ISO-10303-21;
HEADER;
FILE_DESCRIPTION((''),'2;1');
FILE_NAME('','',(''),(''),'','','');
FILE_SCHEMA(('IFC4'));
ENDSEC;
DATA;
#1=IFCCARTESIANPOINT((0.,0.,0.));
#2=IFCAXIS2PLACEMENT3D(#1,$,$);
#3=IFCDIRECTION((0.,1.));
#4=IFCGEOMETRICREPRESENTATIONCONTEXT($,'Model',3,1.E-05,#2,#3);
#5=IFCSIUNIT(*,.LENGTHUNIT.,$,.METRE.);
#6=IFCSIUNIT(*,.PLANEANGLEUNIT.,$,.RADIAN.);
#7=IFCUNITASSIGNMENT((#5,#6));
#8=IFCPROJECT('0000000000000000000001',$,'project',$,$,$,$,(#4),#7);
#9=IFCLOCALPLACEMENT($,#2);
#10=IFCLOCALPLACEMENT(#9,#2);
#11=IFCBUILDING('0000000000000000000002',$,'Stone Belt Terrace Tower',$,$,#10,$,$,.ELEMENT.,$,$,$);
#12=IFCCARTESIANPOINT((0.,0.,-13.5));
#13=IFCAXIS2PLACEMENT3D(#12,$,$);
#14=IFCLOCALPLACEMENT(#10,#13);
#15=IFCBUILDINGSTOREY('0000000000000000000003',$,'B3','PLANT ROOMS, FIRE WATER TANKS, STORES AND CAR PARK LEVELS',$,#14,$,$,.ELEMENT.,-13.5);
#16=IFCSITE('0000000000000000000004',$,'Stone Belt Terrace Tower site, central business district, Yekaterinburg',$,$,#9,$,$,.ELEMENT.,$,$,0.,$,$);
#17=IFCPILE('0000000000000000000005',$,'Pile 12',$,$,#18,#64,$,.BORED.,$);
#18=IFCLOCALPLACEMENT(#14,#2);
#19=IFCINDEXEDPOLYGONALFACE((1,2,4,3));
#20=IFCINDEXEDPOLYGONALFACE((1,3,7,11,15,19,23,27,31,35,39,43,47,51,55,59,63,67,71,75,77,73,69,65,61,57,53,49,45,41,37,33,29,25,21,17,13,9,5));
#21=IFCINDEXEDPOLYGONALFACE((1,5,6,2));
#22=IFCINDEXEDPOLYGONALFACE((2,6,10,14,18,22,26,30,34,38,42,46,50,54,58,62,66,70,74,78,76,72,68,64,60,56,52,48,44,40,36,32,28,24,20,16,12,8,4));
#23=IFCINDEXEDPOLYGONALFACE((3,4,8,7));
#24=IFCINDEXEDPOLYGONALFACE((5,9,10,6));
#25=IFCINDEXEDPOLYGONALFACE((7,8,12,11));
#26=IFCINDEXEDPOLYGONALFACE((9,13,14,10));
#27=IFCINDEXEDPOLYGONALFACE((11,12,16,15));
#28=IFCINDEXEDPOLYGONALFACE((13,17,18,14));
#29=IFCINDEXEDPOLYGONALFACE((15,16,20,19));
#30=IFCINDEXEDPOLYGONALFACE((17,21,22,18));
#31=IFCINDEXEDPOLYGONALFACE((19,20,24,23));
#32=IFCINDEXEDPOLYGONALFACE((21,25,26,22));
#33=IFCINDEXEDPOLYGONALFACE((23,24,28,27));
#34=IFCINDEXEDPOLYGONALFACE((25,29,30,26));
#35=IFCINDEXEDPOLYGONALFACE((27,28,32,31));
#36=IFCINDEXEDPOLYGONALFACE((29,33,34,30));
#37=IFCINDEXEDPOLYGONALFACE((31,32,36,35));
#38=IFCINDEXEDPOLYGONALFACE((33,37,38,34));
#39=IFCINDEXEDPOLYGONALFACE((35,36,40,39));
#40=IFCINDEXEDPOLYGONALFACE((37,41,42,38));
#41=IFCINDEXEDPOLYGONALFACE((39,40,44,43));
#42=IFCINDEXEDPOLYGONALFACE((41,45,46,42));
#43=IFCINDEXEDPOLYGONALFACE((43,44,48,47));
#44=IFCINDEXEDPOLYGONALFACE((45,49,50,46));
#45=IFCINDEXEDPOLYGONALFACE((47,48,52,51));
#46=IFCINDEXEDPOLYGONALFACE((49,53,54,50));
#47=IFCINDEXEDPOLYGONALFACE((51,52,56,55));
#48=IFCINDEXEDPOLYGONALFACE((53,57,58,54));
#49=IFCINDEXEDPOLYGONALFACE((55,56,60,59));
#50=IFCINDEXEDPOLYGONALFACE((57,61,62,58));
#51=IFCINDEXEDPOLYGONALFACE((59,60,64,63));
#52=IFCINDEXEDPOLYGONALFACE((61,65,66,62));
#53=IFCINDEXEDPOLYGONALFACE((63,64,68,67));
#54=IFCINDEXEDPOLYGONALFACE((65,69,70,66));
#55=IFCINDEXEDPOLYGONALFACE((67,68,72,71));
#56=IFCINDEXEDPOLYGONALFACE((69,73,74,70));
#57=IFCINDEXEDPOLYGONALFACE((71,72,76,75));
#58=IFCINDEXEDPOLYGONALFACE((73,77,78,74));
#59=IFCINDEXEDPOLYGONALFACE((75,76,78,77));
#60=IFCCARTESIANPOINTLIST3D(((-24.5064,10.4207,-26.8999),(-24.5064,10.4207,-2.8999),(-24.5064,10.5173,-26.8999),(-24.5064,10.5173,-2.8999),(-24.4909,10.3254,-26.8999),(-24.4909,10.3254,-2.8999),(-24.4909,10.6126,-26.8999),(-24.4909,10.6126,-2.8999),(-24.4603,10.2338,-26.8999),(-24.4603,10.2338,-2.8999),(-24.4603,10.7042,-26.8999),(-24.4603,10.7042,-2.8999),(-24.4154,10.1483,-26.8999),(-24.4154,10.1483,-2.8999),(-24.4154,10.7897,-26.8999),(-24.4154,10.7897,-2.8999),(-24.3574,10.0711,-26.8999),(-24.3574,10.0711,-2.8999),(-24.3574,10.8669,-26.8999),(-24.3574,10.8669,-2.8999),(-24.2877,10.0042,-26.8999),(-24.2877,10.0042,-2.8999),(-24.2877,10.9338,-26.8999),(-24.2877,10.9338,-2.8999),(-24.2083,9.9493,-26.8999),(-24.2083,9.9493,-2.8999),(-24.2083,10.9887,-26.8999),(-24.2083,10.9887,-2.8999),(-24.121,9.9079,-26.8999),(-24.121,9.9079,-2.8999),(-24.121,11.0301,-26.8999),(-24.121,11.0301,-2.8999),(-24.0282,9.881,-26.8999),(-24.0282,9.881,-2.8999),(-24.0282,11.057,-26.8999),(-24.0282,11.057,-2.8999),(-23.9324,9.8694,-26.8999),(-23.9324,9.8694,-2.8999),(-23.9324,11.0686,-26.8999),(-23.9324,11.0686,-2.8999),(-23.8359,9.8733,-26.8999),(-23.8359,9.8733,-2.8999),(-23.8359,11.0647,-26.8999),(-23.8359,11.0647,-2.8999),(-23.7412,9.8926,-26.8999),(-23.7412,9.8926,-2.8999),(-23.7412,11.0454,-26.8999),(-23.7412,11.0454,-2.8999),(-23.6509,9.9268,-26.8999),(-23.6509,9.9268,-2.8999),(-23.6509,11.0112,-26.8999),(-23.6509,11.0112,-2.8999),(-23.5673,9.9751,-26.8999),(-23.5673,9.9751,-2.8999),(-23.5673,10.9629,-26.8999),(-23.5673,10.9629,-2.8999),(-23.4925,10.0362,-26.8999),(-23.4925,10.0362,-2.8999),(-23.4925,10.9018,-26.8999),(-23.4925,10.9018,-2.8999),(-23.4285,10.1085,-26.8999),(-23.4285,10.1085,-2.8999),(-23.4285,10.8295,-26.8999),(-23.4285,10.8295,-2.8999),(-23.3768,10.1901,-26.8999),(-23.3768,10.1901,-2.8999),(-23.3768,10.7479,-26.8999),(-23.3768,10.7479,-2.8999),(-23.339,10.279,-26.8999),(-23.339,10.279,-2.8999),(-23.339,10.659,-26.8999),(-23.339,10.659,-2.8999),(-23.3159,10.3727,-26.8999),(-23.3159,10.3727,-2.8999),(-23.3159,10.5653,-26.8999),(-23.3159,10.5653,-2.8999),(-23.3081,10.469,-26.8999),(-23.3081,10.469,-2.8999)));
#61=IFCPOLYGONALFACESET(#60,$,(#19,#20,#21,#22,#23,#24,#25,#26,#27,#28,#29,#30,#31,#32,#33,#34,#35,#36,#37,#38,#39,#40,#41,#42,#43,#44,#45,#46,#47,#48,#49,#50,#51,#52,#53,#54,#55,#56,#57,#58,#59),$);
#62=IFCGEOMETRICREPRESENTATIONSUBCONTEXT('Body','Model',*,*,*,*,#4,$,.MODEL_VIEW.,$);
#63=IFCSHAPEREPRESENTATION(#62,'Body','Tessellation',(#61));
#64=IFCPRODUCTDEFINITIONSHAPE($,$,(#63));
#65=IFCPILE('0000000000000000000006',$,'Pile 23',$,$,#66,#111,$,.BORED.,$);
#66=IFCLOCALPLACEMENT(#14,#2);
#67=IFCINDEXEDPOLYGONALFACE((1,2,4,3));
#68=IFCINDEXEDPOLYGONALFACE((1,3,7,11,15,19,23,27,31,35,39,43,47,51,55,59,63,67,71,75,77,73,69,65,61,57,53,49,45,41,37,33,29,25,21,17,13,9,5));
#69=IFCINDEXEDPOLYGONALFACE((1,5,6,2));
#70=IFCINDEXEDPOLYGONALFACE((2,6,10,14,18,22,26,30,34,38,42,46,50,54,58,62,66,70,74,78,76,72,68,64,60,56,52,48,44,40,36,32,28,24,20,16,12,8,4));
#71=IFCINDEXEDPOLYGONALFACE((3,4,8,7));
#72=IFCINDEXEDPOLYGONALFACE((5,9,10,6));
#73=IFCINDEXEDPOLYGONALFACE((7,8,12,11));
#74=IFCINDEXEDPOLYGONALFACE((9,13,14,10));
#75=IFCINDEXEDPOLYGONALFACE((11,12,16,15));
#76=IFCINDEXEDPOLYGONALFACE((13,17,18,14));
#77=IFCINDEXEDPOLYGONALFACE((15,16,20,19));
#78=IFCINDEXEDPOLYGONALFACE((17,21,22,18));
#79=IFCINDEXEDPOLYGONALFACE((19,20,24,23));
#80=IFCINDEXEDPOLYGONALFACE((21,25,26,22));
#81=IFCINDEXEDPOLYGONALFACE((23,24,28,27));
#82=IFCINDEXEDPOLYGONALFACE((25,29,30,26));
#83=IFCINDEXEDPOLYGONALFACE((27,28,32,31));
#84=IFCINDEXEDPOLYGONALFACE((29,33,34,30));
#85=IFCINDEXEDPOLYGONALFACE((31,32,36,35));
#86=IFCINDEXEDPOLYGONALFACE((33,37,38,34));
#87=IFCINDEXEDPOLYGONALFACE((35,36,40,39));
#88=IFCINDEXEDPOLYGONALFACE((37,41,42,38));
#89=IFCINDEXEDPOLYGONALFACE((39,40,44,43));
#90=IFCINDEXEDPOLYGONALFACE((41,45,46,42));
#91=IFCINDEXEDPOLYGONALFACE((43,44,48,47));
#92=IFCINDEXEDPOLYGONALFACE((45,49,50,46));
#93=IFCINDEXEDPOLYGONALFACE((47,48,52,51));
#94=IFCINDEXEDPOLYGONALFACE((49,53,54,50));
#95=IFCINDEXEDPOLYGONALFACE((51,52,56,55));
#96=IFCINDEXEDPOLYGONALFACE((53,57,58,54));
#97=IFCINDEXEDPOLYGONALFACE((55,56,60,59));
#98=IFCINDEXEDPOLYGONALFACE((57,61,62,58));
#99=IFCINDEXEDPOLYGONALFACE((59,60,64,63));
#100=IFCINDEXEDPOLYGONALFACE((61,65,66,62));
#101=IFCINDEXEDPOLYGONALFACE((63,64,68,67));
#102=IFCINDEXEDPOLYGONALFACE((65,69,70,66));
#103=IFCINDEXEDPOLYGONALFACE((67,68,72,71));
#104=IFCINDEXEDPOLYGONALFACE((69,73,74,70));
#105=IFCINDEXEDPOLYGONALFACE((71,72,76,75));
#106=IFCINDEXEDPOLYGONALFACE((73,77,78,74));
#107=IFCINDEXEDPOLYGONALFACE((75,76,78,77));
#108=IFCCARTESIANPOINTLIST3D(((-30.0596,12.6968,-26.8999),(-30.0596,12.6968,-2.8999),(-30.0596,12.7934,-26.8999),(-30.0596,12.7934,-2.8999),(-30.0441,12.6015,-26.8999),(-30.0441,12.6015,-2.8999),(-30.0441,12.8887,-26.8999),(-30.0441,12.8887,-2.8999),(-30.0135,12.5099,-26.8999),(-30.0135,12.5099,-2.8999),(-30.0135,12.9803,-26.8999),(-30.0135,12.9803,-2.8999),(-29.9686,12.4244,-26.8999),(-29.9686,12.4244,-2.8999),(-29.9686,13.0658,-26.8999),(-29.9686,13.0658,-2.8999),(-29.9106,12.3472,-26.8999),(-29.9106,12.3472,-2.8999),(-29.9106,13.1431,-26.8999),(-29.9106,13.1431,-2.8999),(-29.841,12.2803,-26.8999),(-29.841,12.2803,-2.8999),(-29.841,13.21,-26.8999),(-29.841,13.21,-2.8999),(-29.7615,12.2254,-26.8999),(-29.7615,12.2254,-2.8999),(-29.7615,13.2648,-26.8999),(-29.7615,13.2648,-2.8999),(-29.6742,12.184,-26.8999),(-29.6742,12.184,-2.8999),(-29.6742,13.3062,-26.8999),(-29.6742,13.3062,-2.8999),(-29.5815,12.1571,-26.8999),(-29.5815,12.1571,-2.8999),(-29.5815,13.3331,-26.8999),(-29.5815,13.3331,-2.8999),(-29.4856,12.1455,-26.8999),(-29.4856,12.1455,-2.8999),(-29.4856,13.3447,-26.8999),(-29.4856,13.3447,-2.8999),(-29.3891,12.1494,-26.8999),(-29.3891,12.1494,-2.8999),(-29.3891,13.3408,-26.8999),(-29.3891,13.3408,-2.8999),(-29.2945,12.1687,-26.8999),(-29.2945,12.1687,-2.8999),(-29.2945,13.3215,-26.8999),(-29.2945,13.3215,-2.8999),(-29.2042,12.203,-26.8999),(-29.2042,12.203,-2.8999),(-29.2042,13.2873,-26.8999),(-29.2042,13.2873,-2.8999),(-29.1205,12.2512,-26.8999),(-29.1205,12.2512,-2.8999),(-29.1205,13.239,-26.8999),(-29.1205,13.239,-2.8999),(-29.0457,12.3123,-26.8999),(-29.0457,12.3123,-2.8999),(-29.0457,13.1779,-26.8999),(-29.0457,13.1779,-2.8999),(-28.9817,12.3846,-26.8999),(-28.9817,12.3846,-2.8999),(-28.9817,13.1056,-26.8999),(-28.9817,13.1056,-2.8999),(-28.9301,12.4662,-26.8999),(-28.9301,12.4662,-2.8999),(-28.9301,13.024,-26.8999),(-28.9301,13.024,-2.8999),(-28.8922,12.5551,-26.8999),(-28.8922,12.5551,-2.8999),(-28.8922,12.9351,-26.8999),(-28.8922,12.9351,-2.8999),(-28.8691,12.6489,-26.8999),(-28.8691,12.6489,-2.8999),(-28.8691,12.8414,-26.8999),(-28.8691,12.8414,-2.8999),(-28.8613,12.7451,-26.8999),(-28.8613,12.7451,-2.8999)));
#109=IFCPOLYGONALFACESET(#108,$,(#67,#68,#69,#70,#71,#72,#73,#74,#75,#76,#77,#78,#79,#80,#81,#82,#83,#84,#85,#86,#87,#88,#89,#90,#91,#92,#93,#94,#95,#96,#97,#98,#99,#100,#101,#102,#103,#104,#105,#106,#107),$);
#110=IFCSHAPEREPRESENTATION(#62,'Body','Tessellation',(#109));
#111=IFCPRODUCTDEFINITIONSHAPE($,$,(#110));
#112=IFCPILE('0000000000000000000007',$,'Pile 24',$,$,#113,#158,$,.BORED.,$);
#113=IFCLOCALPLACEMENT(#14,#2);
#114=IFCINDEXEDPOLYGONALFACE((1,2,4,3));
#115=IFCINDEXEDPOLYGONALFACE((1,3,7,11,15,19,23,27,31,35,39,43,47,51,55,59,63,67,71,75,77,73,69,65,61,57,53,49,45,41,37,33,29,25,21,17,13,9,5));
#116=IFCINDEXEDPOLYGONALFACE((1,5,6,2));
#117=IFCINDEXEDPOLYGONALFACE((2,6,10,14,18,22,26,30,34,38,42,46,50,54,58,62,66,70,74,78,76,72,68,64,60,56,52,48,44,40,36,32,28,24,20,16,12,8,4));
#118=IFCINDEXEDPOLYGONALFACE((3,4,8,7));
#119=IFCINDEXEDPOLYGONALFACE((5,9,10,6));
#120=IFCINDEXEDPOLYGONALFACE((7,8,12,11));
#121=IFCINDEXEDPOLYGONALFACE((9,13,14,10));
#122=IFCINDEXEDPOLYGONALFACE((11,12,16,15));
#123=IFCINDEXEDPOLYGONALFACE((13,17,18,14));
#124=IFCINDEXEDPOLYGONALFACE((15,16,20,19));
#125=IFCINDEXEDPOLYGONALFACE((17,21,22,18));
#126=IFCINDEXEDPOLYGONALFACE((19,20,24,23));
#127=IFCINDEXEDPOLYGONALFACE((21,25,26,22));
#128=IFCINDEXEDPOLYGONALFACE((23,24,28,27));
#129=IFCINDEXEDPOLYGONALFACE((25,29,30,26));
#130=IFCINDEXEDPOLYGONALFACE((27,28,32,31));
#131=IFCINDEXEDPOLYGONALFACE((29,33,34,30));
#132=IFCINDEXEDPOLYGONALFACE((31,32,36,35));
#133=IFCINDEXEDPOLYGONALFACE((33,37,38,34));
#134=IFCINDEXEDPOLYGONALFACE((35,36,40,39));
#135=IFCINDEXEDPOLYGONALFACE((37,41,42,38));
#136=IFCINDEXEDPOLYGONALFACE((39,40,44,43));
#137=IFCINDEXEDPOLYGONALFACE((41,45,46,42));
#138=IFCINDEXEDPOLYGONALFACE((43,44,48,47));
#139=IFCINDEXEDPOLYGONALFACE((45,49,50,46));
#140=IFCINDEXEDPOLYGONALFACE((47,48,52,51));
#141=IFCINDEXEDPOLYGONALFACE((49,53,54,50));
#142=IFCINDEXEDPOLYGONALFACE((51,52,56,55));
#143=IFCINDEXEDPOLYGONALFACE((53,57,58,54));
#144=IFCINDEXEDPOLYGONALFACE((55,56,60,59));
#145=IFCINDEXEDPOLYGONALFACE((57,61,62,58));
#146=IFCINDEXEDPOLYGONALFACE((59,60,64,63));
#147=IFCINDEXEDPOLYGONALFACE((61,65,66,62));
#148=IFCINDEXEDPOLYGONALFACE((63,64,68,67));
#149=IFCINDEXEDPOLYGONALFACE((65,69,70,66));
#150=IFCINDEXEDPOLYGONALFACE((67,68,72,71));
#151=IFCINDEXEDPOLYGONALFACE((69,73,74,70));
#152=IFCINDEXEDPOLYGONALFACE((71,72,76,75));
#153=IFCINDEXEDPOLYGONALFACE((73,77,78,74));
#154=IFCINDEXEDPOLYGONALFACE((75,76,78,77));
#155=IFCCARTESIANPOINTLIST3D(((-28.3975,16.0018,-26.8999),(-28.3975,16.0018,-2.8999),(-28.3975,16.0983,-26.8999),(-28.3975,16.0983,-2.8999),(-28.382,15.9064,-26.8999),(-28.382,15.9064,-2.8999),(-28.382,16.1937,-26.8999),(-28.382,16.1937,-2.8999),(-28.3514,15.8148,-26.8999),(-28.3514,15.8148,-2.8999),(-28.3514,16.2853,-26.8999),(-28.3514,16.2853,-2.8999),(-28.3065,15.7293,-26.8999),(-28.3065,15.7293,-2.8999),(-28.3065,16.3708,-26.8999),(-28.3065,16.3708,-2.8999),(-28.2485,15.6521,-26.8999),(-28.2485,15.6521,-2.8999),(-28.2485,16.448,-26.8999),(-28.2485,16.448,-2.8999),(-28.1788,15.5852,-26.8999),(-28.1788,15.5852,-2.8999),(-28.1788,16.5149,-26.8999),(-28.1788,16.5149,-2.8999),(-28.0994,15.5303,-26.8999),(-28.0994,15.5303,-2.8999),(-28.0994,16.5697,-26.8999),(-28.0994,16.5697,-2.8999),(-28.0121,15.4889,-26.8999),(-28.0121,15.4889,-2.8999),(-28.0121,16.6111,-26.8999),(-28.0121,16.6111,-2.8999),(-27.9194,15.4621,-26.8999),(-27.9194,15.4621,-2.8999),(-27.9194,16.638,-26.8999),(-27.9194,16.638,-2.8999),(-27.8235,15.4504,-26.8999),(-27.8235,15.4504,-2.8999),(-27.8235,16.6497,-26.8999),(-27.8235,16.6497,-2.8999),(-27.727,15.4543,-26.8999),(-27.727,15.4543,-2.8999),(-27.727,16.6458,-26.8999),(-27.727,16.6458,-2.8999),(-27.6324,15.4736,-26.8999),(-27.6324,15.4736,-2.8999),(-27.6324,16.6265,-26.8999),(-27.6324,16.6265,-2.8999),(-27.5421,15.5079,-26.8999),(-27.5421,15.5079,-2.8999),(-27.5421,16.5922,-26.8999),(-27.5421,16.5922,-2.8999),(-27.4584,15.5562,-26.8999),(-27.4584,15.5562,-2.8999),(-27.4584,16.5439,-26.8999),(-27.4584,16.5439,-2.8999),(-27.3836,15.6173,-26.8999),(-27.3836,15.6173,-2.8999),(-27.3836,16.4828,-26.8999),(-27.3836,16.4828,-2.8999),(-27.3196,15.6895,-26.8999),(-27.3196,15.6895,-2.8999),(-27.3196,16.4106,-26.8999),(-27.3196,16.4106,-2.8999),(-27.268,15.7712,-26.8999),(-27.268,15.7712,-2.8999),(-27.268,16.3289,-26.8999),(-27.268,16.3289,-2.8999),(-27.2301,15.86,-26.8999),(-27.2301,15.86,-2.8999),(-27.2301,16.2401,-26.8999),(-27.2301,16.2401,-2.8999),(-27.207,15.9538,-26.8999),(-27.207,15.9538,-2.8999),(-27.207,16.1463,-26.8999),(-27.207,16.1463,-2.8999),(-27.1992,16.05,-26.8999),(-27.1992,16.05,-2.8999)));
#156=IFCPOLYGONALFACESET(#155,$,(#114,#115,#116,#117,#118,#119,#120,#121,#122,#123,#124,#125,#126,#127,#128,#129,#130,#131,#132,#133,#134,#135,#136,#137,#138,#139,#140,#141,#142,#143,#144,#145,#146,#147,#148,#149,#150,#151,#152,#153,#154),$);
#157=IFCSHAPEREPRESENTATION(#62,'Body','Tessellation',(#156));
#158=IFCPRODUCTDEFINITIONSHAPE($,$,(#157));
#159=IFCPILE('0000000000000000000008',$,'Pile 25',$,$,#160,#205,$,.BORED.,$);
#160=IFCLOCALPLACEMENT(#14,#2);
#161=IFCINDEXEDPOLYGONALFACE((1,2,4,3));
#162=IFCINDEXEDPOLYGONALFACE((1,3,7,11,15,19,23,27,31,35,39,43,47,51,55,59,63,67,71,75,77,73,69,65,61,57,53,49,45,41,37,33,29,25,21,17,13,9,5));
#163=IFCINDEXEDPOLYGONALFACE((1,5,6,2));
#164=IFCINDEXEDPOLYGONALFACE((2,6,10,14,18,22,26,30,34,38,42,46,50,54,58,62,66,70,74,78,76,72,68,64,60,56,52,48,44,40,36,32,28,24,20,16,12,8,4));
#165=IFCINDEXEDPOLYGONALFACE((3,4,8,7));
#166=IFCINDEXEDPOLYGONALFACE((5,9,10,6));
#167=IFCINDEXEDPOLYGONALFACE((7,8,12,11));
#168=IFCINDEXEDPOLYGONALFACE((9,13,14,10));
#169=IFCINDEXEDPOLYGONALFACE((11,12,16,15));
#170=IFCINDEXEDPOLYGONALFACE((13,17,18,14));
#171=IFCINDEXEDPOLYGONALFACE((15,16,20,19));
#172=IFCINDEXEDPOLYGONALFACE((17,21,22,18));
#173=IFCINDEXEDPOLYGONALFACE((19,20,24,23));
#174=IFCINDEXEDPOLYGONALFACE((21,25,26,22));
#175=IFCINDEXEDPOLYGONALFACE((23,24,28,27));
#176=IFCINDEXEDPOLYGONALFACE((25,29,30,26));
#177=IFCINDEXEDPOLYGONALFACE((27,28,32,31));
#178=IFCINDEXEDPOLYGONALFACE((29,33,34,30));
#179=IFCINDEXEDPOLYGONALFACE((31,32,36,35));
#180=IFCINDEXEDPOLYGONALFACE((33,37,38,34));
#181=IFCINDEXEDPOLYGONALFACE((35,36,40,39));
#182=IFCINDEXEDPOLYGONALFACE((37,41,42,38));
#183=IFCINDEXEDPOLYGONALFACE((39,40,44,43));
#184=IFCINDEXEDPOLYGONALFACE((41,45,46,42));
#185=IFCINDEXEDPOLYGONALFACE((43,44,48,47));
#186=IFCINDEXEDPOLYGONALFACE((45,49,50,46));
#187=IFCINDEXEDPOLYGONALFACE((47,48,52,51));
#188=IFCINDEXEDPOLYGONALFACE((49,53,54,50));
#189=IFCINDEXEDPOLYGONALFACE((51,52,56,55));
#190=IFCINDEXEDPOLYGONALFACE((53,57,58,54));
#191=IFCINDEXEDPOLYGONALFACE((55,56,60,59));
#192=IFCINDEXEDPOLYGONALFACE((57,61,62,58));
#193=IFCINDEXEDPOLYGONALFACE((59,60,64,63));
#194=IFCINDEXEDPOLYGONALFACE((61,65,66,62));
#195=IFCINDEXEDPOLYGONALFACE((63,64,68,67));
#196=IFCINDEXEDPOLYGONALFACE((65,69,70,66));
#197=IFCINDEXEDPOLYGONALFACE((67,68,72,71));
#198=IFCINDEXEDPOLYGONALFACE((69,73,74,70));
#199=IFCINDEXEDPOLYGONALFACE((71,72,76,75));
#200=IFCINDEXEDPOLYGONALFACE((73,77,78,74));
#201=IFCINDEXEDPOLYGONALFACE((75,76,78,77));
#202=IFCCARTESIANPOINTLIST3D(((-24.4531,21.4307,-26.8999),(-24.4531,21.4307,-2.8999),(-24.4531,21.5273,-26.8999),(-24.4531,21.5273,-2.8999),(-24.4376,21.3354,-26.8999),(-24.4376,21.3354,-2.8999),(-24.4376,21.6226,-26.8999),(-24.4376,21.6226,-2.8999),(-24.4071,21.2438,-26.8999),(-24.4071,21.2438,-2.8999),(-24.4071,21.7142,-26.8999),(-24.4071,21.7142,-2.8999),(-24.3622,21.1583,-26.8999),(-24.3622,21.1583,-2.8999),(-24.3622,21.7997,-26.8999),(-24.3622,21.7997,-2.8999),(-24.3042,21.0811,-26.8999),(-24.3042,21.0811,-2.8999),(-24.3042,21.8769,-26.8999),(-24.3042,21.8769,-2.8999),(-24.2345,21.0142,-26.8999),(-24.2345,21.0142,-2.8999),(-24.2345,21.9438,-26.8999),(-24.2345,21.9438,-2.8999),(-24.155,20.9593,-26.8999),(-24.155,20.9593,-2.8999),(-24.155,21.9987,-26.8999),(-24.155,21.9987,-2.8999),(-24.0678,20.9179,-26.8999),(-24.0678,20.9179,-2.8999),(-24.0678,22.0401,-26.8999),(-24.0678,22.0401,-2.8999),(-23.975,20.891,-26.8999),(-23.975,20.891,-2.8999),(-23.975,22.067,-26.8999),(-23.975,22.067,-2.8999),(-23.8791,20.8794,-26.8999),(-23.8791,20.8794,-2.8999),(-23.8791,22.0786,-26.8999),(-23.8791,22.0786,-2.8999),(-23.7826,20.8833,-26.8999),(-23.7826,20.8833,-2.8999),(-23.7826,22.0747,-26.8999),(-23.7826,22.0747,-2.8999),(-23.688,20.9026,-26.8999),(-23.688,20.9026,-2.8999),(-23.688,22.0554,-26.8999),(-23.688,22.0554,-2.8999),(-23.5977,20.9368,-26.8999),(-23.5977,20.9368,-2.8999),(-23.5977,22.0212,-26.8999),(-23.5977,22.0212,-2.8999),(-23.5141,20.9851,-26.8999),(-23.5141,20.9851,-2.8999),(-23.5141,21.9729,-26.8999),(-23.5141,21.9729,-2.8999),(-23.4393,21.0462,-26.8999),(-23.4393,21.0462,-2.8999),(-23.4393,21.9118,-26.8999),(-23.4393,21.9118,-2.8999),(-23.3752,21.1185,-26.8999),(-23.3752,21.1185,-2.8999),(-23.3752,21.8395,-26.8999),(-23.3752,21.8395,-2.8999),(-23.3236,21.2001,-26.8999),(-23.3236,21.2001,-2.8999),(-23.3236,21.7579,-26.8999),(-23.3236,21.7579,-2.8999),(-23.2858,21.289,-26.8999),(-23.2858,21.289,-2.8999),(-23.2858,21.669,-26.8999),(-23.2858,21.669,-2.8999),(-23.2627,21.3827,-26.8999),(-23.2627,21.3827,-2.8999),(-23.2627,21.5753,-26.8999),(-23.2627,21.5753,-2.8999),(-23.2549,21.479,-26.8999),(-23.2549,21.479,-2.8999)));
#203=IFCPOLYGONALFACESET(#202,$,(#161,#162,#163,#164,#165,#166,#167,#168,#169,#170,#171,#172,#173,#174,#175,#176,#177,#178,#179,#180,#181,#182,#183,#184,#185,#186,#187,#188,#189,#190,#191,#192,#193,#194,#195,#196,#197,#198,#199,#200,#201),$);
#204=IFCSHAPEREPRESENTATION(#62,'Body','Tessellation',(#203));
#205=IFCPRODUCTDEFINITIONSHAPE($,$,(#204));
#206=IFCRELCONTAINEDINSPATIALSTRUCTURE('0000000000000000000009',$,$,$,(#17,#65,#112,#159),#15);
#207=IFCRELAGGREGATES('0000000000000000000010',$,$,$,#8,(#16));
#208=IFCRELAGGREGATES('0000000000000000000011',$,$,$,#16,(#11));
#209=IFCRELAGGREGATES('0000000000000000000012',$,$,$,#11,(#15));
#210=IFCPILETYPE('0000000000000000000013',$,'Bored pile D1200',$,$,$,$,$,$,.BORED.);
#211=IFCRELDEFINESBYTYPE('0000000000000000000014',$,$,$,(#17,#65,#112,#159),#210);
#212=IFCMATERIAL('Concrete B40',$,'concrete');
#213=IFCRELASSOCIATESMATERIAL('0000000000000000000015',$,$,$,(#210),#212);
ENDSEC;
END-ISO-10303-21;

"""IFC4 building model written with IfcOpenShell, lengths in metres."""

from ifc_helpers import new_model, si_unit, direction, frame, origin, origin_2d, place, context, subcontext, project, spatial, circle, extrude, material, material_profile, profile_set, type_object, element, save


model = new_model("IFC4")

# Units and contexts
model_context = context("Model", 3, precision=1e-05, world=origin(), true_north=direction((0.0, 1.0)))
body_context = subcontext(model_context, "Body", "Model", "MODEL_VIEW")
ifc_project = project(units=[si_unit("LENGTHUNIT", "METRE"), si_unit("PLANEANGLEUNIT", "RADIAN")], contexts=[model_context])

# Site, building, storey
site_placement = place(None, origin())
site = spatial("IfcSite", under=ifc_project, at=site_placement, Name="Stone Belt Terrace Tower site, central business district, Yekaterinburg", CompositionType="ELEMENT", RefElevation=0.0)
building_placement = place(site_placement, origin())
building = spatial("IfcBuilding", under=site, at=building_placement, Name="Stone Belt Terrace Tower", CompositionType="ELEMENT")
storey_placement = place(building_placement, frame((0.0, 0.0, -13.5)))
storey = spatial("IfcBuildingStorey", under=building, at=storey_placement, Name="B3", Description="PLANT ROOMS, FIRE WATER TANKS, STORES AND CAR PARK LEVELS", CompositionType="ELEMENT", Elevation=-13.5)

# Piles
ifc_material_1 = material(Name="Concrete B40", Category="concrete")
ifc_material_profile_1 = material_profile(ifc_material_1, circle(Radius=0.6001, at=origin_2d()), Name="PILE D1200")
ifc_profile_set_1 = profile_set([ifc_material_profile_1], Name="Concrete B40")
pile_type = type_object("IfcPileType", Name="Bored pile D1200", PredefinedType="BORED", material=ifc_profile_set_1)
for number, where, z_axis, x_axis, name in (
    (1, (-23.9082, 10.469, -2.8999), (0.0, 0.0, -1.0), (1.0, 0.0, 0.0), "Pile 12"),
    (2, (-29.4614, 12.7451, -2.8999), (0.0, 0.0, -1.0), (1.0, 0.0, 0.0), "Pile 23"),
    (3, (-27.7993, 16.05, -2.8999), (0.0, 0.0, -1.0), (1.0, 0.0, 0.0), "Pile 24"),
    (4, (-23.855, 21.479, -2.8999), (0.0, 0.0, -1.0), (1.0, 0.0, 0.0), "Pile 25"),
):
    element("IfcPile", number, at=place(storey_placement, frame(where, z_axis=z_axis, x_axis=x_axis)), inside=storey, type_object=pile_type, Name=name, PredefinedType="BORED", context=body_context, shape_type="SweptSolid", body=[
        extrude(circle(Radius=0.6001, at=origin_2d()), origin(), (0.0, 0.0, 1.0), 24.0),
    ])

save(model, "model.ifc")
